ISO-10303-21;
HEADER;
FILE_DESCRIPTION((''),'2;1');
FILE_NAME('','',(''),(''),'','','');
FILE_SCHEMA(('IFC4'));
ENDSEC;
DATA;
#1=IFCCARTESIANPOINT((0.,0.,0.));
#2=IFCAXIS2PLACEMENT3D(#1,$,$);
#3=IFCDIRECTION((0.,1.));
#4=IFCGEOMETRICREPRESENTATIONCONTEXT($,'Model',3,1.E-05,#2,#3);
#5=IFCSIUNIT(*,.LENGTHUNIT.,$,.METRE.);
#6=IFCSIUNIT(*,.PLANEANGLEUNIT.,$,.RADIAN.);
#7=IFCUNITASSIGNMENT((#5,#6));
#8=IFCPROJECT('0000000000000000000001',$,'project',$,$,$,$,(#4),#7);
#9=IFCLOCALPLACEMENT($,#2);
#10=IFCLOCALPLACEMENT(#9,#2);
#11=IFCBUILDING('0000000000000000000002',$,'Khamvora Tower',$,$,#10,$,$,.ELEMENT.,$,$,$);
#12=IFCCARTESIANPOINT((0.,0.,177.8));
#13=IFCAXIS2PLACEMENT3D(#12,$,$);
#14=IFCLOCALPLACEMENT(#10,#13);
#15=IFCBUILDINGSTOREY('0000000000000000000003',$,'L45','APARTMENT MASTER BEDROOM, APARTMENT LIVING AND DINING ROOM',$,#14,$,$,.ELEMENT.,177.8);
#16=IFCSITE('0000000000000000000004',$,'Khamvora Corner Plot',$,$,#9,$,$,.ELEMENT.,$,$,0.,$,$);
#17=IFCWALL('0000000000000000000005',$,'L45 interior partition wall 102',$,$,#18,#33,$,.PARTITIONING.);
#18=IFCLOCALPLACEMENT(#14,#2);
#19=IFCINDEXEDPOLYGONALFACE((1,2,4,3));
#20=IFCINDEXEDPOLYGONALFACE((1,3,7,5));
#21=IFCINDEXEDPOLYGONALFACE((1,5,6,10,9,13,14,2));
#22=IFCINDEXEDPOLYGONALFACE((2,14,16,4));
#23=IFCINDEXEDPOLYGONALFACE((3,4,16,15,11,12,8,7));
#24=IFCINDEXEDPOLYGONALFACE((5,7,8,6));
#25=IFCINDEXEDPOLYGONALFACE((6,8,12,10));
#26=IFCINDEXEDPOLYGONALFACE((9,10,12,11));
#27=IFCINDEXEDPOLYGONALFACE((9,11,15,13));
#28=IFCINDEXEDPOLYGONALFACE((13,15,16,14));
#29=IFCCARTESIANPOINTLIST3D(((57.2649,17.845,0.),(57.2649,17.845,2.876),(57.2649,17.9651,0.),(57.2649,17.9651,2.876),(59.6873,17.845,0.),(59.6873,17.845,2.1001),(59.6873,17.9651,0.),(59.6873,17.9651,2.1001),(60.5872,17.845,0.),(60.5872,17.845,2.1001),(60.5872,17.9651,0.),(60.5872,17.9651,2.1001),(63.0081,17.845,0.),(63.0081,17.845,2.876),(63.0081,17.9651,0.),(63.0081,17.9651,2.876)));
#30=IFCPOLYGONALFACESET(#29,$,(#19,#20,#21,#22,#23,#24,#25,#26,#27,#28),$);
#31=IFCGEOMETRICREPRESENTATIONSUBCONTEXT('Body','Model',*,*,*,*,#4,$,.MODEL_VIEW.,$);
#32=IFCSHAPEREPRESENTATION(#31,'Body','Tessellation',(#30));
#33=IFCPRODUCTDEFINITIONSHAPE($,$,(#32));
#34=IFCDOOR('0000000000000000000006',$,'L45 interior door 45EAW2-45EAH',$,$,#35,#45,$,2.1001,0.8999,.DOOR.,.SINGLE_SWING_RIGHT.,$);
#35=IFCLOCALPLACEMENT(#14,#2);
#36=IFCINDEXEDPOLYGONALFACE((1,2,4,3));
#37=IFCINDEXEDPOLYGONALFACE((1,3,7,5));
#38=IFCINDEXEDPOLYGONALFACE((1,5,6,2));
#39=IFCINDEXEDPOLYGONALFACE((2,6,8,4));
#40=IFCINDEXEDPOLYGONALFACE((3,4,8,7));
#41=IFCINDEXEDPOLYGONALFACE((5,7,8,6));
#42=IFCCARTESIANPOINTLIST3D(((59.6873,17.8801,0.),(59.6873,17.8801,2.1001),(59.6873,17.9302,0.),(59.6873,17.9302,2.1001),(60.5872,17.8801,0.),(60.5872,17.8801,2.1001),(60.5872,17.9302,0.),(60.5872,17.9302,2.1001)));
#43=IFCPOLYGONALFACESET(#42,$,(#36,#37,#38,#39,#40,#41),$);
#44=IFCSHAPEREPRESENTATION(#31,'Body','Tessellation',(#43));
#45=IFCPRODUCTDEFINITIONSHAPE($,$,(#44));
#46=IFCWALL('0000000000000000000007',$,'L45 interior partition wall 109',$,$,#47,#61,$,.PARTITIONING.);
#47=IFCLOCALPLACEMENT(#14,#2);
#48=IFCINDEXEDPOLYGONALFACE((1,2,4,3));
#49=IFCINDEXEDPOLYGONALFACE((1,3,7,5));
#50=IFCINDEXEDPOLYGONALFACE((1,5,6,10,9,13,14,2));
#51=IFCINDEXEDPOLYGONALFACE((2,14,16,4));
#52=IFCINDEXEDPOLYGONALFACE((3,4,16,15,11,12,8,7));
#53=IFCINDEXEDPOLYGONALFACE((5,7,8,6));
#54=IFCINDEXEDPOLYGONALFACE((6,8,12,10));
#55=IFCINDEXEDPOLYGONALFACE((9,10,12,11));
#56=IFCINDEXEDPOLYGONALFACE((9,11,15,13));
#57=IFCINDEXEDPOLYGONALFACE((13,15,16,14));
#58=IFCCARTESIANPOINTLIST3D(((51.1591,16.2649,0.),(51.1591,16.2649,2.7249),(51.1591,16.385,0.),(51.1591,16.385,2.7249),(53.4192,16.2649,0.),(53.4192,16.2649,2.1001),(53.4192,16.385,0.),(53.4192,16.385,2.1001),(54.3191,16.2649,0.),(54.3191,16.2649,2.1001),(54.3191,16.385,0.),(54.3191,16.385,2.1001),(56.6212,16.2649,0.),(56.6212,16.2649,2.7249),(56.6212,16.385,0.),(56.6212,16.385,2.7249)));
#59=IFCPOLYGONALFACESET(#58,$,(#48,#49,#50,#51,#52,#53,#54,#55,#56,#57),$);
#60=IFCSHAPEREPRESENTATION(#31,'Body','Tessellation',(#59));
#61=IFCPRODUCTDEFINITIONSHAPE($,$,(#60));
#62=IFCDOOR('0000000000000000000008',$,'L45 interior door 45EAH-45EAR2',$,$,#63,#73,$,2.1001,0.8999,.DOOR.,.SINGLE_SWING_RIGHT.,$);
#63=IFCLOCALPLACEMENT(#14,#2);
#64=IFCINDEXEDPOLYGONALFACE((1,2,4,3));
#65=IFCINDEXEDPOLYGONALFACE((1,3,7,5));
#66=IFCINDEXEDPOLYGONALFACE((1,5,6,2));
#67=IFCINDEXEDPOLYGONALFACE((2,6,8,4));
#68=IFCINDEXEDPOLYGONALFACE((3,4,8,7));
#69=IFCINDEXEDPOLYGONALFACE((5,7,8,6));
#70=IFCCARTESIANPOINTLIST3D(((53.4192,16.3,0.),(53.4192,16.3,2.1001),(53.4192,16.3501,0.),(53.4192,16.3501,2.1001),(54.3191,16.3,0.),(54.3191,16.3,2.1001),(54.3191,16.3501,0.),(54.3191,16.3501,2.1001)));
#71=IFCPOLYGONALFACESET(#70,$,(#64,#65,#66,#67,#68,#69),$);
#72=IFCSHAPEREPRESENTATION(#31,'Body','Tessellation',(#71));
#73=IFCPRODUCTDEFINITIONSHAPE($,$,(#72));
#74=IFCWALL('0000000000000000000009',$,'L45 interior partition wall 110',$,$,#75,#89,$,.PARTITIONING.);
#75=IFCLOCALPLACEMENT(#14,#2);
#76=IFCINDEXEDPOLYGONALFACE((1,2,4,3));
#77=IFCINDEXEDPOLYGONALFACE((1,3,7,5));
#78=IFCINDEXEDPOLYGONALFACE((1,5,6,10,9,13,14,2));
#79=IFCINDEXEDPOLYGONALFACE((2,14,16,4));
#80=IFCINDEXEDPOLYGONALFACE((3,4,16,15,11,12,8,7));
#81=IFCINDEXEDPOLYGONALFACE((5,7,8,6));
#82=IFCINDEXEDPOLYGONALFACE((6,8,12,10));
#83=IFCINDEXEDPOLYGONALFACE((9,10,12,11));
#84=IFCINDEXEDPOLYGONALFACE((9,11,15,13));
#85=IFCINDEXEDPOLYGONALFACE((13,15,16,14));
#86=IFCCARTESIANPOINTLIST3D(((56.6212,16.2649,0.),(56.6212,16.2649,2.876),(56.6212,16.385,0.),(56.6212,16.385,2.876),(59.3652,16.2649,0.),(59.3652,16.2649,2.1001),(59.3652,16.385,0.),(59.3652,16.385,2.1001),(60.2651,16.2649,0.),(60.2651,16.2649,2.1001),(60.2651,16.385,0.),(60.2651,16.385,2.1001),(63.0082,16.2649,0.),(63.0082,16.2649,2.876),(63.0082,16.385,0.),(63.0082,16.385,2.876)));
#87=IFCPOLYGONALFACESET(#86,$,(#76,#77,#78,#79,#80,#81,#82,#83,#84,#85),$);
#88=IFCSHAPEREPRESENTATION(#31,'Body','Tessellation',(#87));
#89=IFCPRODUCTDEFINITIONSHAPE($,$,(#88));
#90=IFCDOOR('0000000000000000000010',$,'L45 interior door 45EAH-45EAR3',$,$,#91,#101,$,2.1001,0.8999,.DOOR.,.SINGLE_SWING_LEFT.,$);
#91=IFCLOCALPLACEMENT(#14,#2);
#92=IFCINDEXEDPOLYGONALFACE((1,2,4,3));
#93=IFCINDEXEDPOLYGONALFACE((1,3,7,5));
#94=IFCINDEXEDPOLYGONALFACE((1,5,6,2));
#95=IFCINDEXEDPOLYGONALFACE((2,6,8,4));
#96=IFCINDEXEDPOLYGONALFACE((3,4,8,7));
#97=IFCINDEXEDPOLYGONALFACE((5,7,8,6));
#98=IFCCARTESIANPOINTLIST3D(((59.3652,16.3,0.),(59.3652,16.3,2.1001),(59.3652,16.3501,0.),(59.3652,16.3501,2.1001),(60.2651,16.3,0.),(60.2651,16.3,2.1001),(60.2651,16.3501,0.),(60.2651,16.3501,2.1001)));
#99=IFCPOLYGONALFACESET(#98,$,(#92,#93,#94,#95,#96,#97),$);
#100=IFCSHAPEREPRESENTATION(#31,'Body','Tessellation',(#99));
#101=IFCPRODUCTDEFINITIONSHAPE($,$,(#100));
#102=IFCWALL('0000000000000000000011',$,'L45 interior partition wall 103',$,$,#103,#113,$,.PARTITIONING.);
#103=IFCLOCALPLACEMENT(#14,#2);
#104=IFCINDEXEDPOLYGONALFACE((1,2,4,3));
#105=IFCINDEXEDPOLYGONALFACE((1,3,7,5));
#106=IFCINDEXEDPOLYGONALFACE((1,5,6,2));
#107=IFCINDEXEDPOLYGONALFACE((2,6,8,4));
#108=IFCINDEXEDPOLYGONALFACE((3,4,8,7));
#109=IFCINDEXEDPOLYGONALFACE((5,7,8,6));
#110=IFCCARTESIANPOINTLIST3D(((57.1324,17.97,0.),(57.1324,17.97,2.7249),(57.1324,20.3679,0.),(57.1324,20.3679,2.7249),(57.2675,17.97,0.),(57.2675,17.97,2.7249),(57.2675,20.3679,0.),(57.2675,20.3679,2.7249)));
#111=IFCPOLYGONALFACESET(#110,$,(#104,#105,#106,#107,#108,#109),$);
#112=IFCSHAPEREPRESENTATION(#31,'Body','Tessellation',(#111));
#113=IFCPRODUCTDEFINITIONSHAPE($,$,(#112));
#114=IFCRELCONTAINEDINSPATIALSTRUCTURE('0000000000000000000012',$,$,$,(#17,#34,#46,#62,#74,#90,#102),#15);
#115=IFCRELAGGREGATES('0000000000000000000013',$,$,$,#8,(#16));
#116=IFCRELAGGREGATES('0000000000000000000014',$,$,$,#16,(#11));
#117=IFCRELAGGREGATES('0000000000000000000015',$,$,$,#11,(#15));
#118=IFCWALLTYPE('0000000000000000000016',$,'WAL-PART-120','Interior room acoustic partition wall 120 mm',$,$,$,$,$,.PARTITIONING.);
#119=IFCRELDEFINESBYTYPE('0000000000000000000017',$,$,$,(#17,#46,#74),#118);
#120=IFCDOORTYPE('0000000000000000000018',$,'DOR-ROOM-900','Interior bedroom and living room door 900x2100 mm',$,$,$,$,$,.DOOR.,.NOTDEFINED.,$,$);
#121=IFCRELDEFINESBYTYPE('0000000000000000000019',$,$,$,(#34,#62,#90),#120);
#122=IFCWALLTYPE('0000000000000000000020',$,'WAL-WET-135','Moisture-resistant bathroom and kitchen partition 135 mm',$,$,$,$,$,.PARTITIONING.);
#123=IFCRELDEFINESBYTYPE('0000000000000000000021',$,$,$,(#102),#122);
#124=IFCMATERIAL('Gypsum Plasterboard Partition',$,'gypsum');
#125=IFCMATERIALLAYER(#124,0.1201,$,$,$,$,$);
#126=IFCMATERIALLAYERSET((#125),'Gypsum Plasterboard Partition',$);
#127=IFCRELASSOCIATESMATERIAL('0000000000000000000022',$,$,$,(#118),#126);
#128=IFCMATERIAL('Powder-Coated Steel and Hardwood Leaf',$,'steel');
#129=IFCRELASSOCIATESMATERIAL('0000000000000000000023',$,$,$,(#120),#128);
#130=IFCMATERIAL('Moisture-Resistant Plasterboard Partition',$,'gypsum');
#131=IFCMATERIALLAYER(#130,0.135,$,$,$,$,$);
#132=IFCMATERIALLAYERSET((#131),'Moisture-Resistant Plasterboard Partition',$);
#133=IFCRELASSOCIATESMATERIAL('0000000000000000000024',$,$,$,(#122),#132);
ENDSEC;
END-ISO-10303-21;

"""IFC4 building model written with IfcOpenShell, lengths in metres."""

from ifc_helpers import new_model, si_unit, direction, frame, frame_2d, origin, place, context, subcontext, project, spatial, rectangle, extrude, material, layer, layer_set, type_object, element, fill, save


model = new_model("IFC4")

# Units and contexts
model_context = context("Model", 3, precision=1e-05, world=origin(), true_north=direction((0.0, 1.0)))
body_context = subcontext(model_context, "Body", "Model", "MODEL_VIEW")
ifc_project = project(units=[si_unit("LENGTHUNIT", "METRE"), si_unit("PLANEANGLEUNIT", "RADIAN")], contexts=[model_context])

# Site, building, storey
site_placement = place(None, origin())
site = spatial("IfcSite", under=ifc_project, at=site_placement, Name="Khamvora Corner Plot", CompositionType="ELEMENT", RefElevation=0.0)
building_placement = place(site_placement, origin())
building = spatial("IfcBuilding", under=site, at=building_placement, Name="Khamvora Tower", CompositionType="ELEMENT")
storey_placement = place(building_placement, frame((0.0, 0.0, 177.8)))
storey = spatial("IfcBuildingStorey", under=building, at=storey_placement, Name="L45", Description="APARTMENT MASTER BEDROOM, APARTMENT LIVING AND DINING ROOM", CompositionType="ELEMENT", Elevation=177.8)

# Walls, openings, doors
ifc_material_1 = material(Name="Gypsum Plasterboard Partition", Category="gypsum")
ifc_layer_1 = layer(ifc_material_1, 0.1201)
ifc_layer_set_1 = layer_set([ifc_layer_1], Name="Gypsum Plasterboard Partition")
wall_type_1 = type_object("IfcWallType", Name="WAL-PART-120", Description="Interior room acoustic partition wall 120 mm", PredefinedType="PARTITIONING", material=ifc_layer_set_1)
wall_1_placement = place(storey_placement, frame((63.0081, 17.905, 0.0), z_axis=(0.0, 0.0, 1.0), x_axis=(-1.0, 0.0, 0.0)))
wall_1 = element("IfcWall", 1, at=wall_1_placement, inside=storey, type_object=wall_type_1, Name="L45 interior partition wall 102", PredefinedType="PARTITIONING", context=body_context, shape_type="SweptSolid", body=[
    extrude(rectangle(XDim=5.7432, YDim=0.1201, at=frame_2d((2.8716, 0.0))), origin(), (0.0, 0.0, 1.0), 2.876),
])
opening_1_placement = place(wall_1_placement, frame((2.4209, 0.0, 0.0)))
opening_1 = element("IfcOpeningElement", 2, at=opening_1_placement, cuts=wall_1, PredefinedType="OPENING", context=body_context, shape_type="SweptSolid", body=[
    extrude(rectangle(XDim=0.8999, YDim=2.1001, at=frame_2d((0.45, 1.05))), frame((0.0, 0.0701, 0.0), z_axis=(0.0, -1.0, 0.0), x_axis=(1.0, 0.0, 0.0)), (0.0, 0.0, 1.0), 0.1401),
])
ifc_material_2 = material(Name="Powder-Coated Steel and Hardwood Leaf", Category="steel")
door_type = type_object("IfcDoorType", Name="DOR-ROOM-900", Description="Interior bedroom and living room door 900x2100 mm", OperationType="NOTDEFINED", PredefinedType="DOOR", material=ifc_material_2)
door_1_placement = place(opening_1_placement, origin())
door_1 = element("IfcDoor", 3, at=door_1_placement, inside=storey, type_object=door_type, Name="L45 interior door 45EAW2-45EAH", OperationType="SINGLE_SWING_RIGHT", OverallHeight=2.1001, OverallWidth=0.8999, PredefinedType="DOOR", context=body_context, shape_type="SweptSolid", body=[
    extrude(rectangle(XDim=0.8999, YDim=2.1001, at=frame_2d((0.45, 1.05))), frame((0.0, 0.0249, 0.0), z_axis=(0.0, -1.0, 0.0), x_axis=(1.0, 0.0, 0.0)), (0.0, 0.0, 1.0), 0.05),
])
fill(opening_1, door_1)
wall_2_placement = place(storey_placement, frame((56.6211, 16.325, 0.0), z_axis=(0.0, 0.0, 1.0), x_axis=(-1.0, 0.0, 0.0)))
wall_2 = element("IfcWall", 4, at=wall_2_placement, inside=storey, type_object=wall_type_1, Name="L45 interior partition wall 109", PredefinedType="PARTITIONING", context=body_context, shape_type="SweptSolid", body=[
    extrude(rectangle(XDim=5.4622, YDim=0.1201, at=frame_2d((2.731, 0.0))), origin(), (0.0, 0.0, 1.0), 2.7249),
])
opening_2_placement = place(wall_2_placement, frame((2.302, 0.0, 0.0)))
opening_2 = element("IfcOpeningElement", 5, at=opening_2_placement, cuts=wall_2, PredefinedType="OPENING", context=body_context, shape_type="SweptSolid", body=[
    extrude(rectangle(XDim=0.8999, YDim=2.1001, at=frame_2d((0.45, 1.05))), frame((0.0, 0.0701, 0.0), z_axis=(0.0, -1.0, 0.0), x_axis=(1.0, 0.0, 0.0)), (0.0, 0.0, 1.0), 0.1401),
])
door_2_placement = place(opening_2_placement, origin())
door_2 = element("IfcDoor", 6, at=door_2_placement, inside=storey, type_object=door_type, Name="L45 interior door 45EAH-45EAR2", OperationType="SINGLE_SWING_RIGHT", OverallHeight=2.1001, OverallWidth=0.8999, PredefinedType="DOOR", context=body_context, shape_type="SweptSolid", body=[
    extrude(rectangle(XDim=0.8999, YDim=2.1001, at=frame_2d((0.45, 1.05))), frame((0.0, 0.0249, 0.0), z_axis=(0.0, -1.0, 0.0), x_axis=(1.0, 0.0, 0.0)), (0.0, 0.0, 1.0), 0.05),
])
fill(opening_2, door_2)
wall_3_placement = place(storey_placement, frame((63.0081, 16.325, 0.0), z_axis=(0.0, 0.0, 1.0), x_axis=(-1.0, 0.0, 0.0)))
wall_3 = element("IfcWall", 7, at=wall_3_placement, inside=storey, type_object=wall_type_1, Name="L45 interior partition wall 110", PredefinedType="PARTITIONING", context=body_context, shape_type="SweptSolid", body=[
    extrude(rectangle(XDim=6.387, YDim=0.1201, at=frame_2d((3.1934, 0.0))), origin(), (0.0, 0.0, 1.0), 2.876),
])
opening_3_placement = place(wall_3_placement, frame((2.7429, 0.0, 0.0)))
opening_3 = element("IfcOpeningElement", 8, at=opening_3_placement, cuts=wall_3, PredefinedType="OPENING", context=body_context, shape_type="SweptSolid", body=[
    extrude(rectangle(XDim=0.8999, YDim=2.1001, at=frame_2d((0.45, 1.05))), frame((0.0, 0.0701, 0.0), z_axis=(0.0, -1.0, 0.0), x_axis=(1.0, 0.0, 0.0)), (0.0, 0.0, 1.0), 0.1401),
])
door_3_placement = place(opening_3_placement, origin())
door_3 = element("IfcDoor", 9, at=door_3_placement, inside=storey, type_object=door_type, Name="L45 interior door 45EAH-45EAR3", OperationType="SINGLE_SWING_LEFT", OverallHeight=2.1001, OverallWidth=0.8999, PredefinedType="DOOR", context=body_context, shape_type="SweptSolid", body=[
    extrude(rectangle(XDim=0.8999, YDim=2.1001, at=frame_2d((0.45, 1.05))), frame((0.0, 0.0249, 0.0), z_axis=(0.0, -1.0, 0.0), x_axis=(1.0, 0.0, 0.0)), (0.0, 0.0, 1.0), 0.05),
])
fill(opening_3, door_3)

# Wall
ifc_material_3 = material(Name="Moisture-Resistant Plasterboard Partition", Category="gypsum")
ifc_layer_2 = layer(ifc_material_3, 0.135)
ifc_layer_set_2 = layer_set([ifc_layer_2], Name="Moisture-Resistant Plasterboard Partition")
wall_type_2 = type_object("IfcWallType", Name="WAL-WET-135", Description="Moisture-resistant bathroom and kitchen partition 135 mm", PredefinedType="PARTITIONING", material=ifc_layer_set_2)
wall_4_placement = place(storey_placement, frame((57.2, 17.97, 0.0), z_axis=(0.0, 0.0, 1.0), x_axis=(0.0, 1.0, 0.0)))
element("IfcWall", 10, at=wall_4_placement, inside=storey, type_object=wall_type_2, Name="L45 interior partition wall 103", PredefinedType="PARTITIONING", context=body_context, shape_type="SweptSolid", body=[
    extrude(rectangle(XDim=2.3979, YDim=0.135, at=frame_2d((1.199, 0.0))), origin(), (0.0, 0.0, 1.0), 2.7249),
])

save(model, "model.ifc")
